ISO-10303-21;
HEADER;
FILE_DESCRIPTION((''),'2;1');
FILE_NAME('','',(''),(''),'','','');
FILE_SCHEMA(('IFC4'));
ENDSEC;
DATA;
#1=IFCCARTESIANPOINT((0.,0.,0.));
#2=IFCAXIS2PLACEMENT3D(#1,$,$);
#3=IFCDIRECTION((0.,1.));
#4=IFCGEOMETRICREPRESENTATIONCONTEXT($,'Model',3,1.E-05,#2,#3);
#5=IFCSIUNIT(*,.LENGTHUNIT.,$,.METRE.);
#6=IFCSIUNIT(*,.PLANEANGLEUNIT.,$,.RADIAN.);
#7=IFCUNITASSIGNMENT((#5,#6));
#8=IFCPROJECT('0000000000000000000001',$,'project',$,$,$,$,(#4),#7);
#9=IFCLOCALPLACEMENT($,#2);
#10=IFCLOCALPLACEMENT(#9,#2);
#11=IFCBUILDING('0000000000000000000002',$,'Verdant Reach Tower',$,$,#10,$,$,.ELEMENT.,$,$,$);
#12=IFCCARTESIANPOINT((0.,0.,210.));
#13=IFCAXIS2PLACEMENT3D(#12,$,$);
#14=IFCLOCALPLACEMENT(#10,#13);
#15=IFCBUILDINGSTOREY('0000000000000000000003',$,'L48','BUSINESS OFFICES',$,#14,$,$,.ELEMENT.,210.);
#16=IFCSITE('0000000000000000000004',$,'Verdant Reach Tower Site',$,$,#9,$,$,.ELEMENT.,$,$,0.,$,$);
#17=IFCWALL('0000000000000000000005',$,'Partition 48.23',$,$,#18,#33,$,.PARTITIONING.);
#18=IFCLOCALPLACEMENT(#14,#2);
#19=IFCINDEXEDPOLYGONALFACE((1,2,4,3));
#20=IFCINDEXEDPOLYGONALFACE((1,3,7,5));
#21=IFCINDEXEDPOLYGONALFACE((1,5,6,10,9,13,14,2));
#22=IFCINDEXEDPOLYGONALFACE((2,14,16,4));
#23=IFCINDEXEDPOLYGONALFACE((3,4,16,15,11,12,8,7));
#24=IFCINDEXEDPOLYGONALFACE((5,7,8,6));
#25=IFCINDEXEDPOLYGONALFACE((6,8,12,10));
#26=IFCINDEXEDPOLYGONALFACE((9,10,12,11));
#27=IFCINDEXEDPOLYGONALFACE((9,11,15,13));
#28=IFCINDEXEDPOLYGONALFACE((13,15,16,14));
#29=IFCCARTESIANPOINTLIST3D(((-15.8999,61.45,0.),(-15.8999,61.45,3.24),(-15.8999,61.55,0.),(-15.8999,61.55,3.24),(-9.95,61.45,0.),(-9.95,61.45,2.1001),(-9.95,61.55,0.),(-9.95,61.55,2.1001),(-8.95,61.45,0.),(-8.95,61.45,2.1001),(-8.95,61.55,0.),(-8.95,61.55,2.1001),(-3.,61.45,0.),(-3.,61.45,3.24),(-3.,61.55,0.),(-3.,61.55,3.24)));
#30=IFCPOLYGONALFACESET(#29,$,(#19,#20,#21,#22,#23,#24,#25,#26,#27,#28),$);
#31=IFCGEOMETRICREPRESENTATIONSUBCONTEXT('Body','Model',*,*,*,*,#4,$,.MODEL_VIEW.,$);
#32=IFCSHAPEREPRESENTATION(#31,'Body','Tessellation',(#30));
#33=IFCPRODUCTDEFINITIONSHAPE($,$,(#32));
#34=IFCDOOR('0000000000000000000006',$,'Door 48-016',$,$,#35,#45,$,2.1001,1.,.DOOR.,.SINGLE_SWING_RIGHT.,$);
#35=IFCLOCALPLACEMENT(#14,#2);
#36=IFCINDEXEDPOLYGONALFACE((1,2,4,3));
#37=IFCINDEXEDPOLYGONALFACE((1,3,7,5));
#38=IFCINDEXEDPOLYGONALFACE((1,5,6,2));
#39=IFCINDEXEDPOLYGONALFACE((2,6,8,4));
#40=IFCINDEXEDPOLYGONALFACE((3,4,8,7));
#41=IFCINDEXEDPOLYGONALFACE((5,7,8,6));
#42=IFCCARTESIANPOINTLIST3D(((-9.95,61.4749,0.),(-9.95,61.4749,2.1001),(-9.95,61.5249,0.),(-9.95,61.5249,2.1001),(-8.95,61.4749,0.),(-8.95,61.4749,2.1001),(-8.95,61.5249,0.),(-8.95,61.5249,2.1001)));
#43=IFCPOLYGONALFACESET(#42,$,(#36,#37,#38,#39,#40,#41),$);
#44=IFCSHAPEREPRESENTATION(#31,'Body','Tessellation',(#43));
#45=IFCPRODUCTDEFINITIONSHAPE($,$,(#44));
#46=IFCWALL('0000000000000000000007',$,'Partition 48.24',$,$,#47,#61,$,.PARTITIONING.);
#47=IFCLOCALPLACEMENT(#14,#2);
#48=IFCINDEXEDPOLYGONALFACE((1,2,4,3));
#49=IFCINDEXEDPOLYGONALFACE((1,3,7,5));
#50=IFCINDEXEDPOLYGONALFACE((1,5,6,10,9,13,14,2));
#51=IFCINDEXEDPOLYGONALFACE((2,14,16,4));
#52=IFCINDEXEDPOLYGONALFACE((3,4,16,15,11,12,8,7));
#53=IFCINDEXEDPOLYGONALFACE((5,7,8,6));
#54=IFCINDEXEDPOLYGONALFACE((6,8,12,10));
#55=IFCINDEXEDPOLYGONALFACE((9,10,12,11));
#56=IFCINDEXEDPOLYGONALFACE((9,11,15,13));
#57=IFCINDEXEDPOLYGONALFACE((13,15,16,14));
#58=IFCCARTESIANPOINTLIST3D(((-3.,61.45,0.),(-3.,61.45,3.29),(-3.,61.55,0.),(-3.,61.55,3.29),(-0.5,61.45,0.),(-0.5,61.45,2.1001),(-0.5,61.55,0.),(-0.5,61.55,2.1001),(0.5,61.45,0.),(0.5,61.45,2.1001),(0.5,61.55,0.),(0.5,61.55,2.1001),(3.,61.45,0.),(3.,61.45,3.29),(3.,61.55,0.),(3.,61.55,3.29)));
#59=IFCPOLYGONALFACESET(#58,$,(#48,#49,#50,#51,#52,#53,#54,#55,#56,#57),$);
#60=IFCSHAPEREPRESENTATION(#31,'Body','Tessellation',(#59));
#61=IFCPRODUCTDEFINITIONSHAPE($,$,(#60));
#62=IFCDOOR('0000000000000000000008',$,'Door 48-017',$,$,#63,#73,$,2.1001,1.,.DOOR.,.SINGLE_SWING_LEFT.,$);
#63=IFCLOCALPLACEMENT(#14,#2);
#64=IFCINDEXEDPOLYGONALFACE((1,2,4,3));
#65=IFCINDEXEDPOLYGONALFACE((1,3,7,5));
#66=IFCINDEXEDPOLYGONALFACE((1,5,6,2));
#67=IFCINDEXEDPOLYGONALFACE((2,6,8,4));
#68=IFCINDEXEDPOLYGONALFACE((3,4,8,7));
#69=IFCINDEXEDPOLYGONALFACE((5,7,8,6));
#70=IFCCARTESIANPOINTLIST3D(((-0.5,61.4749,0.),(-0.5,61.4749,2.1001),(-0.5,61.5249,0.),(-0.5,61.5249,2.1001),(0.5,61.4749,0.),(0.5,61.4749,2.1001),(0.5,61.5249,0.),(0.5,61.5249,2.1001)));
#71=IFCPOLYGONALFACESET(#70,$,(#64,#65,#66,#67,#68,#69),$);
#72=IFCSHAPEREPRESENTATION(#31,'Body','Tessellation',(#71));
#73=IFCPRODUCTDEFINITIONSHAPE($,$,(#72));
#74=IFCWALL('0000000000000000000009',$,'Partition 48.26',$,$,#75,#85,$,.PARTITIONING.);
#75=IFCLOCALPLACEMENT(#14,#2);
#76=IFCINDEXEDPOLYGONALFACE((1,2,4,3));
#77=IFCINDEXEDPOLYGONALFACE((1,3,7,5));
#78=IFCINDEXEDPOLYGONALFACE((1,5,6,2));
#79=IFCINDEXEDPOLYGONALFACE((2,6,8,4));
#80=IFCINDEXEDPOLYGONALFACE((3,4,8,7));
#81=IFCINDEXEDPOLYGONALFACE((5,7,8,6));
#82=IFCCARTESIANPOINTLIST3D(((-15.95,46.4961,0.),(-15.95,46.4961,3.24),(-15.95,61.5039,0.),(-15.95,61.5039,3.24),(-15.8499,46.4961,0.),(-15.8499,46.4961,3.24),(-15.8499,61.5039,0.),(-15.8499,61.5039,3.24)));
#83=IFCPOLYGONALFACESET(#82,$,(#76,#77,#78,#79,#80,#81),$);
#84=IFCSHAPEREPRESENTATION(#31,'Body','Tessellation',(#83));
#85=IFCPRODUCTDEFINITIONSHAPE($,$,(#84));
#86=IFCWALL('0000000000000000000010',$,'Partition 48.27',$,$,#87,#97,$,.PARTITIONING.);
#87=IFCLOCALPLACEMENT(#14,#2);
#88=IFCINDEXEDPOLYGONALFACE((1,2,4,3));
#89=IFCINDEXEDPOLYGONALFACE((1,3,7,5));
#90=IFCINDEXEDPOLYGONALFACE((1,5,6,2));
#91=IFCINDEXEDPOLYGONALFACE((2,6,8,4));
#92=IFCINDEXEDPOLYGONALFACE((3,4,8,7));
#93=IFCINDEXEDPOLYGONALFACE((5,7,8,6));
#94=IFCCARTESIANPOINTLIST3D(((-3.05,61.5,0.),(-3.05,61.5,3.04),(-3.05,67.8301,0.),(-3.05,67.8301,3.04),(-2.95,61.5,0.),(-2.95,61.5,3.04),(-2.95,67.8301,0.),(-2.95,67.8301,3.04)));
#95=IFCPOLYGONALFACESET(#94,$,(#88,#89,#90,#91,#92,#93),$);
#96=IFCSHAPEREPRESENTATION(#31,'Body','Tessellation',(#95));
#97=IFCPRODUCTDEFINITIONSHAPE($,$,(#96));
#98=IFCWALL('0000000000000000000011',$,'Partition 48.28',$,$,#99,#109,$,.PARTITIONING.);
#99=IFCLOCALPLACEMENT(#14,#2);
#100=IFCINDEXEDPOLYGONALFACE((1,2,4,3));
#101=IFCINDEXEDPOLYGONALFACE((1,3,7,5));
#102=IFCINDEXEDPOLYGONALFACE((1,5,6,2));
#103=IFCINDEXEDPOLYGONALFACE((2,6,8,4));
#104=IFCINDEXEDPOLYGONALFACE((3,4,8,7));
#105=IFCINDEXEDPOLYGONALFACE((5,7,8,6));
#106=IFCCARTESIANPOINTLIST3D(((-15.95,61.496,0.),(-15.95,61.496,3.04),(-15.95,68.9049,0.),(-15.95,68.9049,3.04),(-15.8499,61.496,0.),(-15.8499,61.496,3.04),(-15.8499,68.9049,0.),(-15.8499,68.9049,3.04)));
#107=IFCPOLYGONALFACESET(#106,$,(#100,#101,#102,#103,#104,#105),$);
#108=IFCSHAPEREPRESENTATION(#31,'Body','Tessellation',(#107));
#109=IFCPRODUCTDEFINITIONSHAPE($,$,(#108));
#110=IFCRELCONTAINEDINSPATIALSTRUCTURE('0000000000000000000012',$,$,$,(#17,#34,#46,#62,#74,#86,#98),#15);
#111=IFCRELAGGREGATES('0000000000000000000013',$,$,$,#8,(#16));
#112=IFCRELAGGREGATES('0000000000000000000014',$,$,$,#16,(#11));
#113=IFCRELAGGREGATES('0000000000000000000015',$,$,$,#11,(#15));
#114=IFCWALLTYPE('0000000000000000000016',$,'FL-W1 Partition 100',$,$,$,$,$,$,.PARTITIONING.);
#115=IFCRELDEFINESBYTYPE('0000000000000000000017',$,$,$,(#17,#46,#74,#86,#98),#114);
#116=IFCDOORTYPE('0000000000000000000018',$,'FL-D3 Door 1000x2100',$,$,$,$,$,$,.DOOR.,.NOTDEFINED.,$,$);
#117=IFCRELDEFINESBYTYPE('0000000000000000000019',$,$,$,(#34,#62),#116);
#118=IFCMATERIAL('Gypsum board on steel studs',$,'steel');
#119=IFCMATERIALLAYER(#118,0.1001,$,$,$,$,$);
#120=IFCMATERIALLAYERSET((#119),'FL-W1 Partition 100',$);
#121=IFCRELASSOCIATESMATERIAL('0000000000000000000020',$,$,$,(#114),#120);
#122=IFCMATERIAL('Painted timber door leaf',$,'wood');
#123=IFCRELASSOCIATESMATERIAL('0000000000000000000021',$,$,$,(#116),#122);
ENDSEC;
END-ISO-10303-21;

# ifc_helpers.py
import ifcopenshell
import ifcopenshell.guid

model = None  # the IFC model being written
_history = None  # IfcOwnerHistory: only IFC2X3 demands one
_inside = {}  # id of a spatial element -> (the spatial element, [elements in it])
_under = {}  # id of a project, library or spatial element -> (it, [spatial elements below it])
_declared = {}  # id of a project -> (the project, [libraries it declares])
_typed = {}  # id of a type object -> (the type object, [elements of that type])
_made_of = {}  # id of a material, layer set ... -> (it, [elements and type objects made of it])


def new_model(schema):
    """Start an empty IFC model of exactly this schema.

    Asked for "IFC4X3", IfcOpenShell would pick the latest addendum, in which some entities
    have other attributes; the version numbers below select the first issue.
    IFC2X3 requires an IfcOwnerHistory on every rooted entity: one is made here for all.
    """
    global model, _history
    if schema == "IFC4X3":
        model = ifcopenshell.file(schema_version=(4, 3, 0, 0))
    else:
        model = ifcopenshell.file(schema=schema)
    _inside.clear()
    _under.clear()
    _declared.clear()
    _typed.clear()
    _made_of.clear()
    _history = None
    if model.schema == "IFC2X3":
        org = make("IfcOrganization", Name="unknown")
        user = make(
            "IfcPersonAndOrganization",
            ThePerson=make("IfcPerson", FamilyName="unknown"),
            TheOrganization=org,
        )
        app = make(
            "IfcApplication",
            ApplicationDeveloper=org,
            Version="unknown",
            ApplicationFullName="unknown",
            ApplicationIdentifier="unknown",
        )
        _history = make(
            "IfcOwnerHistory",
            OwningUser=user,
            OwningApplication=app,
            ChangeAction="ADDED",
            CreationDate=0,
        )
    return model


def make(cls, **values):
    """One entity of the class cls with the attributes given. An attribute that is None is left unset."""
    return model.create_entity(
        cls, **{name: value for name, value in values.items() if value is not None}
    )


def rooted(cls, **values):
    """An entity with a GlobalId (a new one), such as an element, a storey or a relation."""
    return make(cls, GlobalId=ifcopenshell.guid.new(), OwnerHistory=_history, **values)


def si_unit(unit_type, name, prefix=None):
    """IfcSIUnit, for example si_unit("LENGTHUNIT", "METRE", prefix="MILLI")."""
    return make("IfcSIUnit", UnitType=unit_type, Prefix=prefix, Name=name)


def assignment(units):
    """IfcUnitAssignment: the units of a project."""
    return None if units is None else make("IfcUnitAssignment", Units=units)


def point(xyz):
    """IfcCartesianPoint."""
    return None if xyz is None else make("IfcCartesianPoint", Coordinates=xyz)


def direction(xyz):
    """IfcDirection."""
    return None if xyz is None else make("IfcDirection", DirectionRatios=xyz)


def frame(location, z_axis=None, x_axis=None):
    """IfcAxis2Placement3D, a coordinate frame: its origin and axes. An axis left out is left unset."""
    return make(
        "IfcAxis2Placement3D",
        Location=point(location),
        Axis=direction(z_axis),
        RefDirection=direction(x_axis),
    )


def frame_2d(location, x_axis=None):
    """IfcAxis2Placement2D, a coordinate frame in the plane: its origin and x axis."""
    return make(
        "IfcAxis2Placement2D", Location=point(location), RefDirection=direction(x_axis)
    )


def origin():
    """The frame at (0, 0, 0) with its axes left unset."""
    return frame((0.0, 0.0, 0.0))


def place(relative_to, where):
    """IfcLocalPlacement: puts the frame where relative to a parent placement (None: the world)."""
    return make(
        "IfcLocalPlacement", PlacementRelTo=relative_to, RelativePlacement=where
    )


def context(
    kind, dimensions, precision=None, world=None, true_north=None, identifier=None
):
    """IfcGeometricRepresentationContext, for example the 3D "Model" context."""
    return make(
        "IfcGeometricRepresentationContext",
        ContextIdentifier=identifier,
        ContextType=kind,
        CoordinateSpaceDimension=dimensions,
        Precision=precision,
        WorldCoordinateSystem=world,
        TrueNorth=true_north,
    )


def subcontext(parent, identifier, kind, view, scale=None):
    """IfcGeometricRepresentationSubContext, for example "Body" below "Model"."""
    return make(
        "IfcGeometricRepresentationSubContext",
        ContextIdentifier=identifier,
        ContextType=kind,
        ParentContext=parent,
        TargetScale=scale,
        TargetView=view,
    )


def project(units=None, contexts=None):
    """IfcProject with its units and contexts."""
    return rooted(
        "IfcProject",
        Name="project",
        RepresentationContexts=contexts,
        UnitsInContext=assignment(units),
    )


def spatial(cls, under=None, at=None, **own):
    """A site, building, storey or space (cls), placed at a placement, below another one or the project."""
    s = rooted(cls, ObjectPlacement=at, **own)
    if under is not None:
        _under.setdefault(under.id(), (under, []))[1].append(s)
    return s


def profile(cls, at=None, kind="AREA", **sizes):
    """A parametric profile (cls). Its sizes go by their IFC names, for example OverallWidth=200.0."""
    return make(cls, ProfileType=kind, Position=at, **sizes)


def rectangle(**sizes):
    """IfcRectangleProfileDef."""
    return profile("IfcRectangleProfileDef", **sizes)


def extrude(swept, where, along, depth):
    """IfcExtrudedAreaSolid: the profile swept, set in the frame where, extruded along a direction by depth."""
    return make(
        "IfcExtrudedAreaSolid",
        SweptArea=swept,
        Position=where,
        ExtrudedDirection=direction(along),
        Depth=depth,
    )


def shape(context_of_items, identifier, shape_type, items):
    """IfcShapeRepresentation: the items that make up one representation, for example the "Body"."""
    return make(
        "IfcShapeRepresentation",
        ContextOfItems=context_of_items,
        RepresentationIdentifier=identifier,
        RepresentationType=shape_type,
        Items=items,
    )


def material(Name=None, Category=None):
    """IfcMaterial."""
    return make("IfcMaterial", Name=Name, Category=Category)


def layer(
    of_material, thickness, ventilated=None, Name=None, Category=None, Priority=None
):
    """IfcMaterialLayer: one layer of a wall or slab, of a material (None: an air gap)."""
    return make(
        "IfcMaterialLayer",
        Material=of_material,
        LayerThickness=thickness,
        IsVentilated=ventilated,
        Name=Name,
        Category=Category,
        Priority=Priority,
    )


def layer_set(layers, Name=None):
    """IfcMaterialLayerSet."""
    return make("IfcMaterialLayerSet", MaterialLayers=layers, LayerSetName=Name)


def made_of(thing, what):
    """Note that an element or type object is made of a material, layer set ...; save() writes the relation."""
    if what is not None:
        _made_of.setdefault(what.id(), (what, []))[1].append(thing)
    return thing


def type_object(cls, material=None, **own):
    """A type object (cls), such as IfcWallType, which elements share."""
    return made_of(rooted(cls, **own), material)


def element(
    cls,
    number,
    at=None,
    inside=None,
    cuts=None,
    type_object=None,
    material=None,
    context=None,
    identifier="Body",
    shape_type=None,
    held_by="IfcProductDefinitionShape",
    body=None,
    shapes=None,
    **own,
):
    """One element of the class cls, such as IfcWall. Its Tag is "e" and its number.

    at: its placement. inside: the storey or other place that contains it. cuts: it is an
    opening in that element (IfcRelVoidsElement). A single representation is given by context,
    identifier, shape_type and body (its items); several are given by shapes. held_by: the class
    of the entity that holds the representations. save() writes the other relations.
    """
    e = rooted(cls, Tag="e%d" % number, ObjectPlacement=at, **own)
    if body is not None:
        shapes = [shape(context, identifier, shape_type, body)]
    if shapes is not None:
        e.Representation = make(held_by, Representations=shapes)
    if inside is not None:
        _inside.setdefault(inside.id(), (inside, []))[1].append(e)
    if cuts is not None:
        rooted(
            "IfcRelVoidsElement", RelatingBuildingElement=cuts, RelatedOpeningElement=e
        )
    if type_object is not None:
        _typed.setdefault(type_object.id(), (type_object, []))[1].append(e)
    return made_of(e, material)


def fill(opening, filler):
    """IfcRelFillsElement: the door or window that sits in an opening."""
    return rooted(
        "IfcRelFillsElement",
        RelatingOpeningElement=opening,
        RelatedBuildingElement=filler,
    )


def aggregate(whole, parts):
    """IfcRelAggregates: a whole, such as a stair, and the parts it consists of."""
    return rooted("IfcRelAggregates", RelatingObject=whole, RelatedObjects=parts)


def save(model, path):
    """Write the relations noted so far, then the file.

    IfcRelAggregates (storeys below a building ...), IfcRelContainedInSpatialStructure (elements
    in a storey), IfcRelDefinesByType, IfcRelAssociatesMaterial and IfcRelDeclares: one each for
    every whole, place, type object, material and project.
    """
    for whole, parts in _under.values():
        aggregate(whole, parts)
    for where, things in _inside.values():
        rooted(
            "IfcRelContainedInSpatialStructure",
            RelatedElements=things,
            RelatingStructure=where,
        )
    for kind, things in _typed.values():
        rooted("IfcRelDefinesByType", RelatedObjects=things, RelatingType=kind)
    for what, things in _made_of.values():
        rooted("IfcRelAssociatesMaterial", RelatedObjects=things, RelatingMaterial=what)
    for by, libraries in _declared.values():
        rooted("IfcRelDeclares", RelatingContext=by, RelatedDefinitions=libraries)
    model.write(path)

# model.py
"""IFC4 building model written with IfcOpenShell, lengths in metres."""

from ifc_helpers import new_model, si_unit, direction, frame, frame_2d, origin, place, context, subcontext, project, spatial, rectangle, extrude, material, layer, layer_set, type_object, element, fill, save


model = new_model("IFC4")

# Units and contexts
model_context = context("Model", 3, precision=1e-05, world=origin(), true_north=direction((0.0, 1.0)))
body_context = subcontext(model_context, "Body", "Model", "MODEL_VIEW")
ifc_project = project(units=[si_unit("LENGTHUNIT", "METRE"), si_unit("PLANEANGLEUNIT", "RADIAN")], contexts=[model_context])

# Site, building, storey
site_placement = place(None, origin())
site = spatial("IfcSite", under=ifc_project, at=site_placement, Name="Verdant Reach Tower Site", CompositionType="ELEMENT", RefElevation=0.0)
building_placement = place(site_placement, origin())
building = spatial("IfcBuilding", under=site, at=building_placement, Name="Verdant Reach Tower", CompositionType="ELEMENT")
storey_placement = place(building_placement, frame((0.0, 0.0, 210.0)))
storey = spatial("IfcBuildingStorey", under=building, at=storey_placement, Name="L48", Description="BUSINESS OFFICES", CompositionType="ELEMENT", Elevation=210.0)

# Walls, openings, doors
ifc_material_1 = material(Name="Gypsum board on steel studs", Category="steel")
ifc_layer_1 = layer(ifc_material_1, 0.1001)
ifc_layer_set_1 = layer_set([ifc_layer_1], Name="FL-W1 Partition 100")
wall_type = type_object("IfcWallType", Name="FL-W1 Partition 100", PredefinedType="PARTITIONING", material=ifc_layer_set_1)
wall_1_placement = place(storey_placement, frame((-15.8999, 61.5, 0.0), z_axis=(0.0, 0.0, 1.0), x_axis=(1.0, 0.0, 0.0)))
wall_1 = element("IfcWall", 1, at=wall_1_placement, inside=storey, type_object=wall_type, Name="Partition 48.23", PredefinedType="PARTITIONING", context=body_context, shape_type="SweptSolid", body=[
    extrude(rectangle(XDim=12.8999, YDim=0.1001, at=frame_2d((6.45, 0.0))), origin(), (0.0, 0.0, 1.0), 3.24),
])
opening_1_placement = place(wall_1_placement, frame((5.95, 0.0, 0.0)))
opening_1 = element("IfcOpeningElement", 2, at=opening_1_placement, cuts=wall_1, PredefinedType="OPENING", context=body_context, shape_type="SweptSolid", body=[
    extrude(rectangle(XDim=1.0, YDim=2.1001, at=frame_2d((0.5, 1.05))), frame((0.0, 0.0601, 0.0), z_axis=(0.0, -1.0, 0.0), x_axis=(1.0, 0.0, 0.0)), (0.0, 0.0, 1.0), 0.1201),
])
ifc_material_2 = material(Name="Painted timber door leaf", Category="wood")
door_type = type_object("IfcDoorType", Name="FL-D3 Door 1000x2100", OperationType="NOTDEFINED", PredefinedType="DOOR", material=ifc_material_2)
door_1_placement = place(opening_1_placement, origin())
door_1 = element("IfcDoor", 3, at=door_1_placement, inside=storey, type_object=door_type, Name="Door 48-016", OperationType="SINGLE_SWING_RIGHT", OverallHeight=2.1001, OverallWidth=1.0, PredefinedType="DOOR", context=body_context, shape_type="SweptSolid", body=[
    extrude(rectangle(XDim=1.0, YDim=2.1001, at=frame_2d((0.5, 1.05))), frame((0.0, 0.0249, 0.0), z_axis=(0.0, -1.0, 0.0), x_axis=(1.0, 0.0, 0.0)), (0.0, 0.0, 1.0), 0.05),
])
fill(opening_1, door_1)
wall_2_placement = place(storey_placement, frame((-3.0, 61.5, 0.0), z_axis=(0.0, 0.0, 1.0), x_axis=(1.0, 0.0, 0.0)))
wall_2 = element("IfcWall", 4, at=wall_2_placement, inside=storey, type_object=wall_type, Name="Partition 48.24", PredefinedType="PARTITIONING", context=body_context, shape_type="SweptSolid", body=[
    extrude(rectangle(XDim=6.0, YDim=0.1001, at=frame_2d((3.0, 0.0))), origin(), (0.0, 0.0, 1.0), 3.29),
])
opening_2_placement = place(wall_2_placement, frame((2.5, 0.0, 0.0)))
opening_2 = element("IfcOpeningElement", 5, at=opening_2_placement, cuts=wall_2, PredefinedType="OPENING", context=body_context, shape_type="SweptSolid", body=[
    extrude(rectangle(XDim=1.0, YDim=2.1001, at=frame_2d((0.5, 1.05))), frame((0.0, 0.0601, 0.0), z_axis=(0.0, -1.0, 0.0), x_axis=(1.0, 0.0, 0.0)), (0.0, 0.0, 1.0), 0.1201),
])
door_2_placement = place(opening_2_placement, origin())
door_2 = element("IfcDoor", 6, at=door_2_placement, inside=storey, type_object=door_type, Name="Door 48-017", OperationType="SINGLE_SWING_LEFT", OverallHeight=2.1001, OverallWidth=1.0, PredefinedType="DOOR", context=body_context, shape_type="SweptSolid", body=[
    extrude(rectangle(XDim=1.0, YDim=2.1001, at=frame_2d((0.5, 1.05))), frame((0.0, 0.0249, 0.0), z_axis=(0.0, -1.0, 0.0), x_axis=(1.0, 0.0, 0.0)), (0.0, 0.0, 1.0), 0.05),
])
fill(opening_2, door_2)

# Walls
wall_3_placement = place(storey_placement, frame((-15.8999, 61.5039, 0.0), z_axis=(0.0, 0.0, 1.0), x_axis=(0.0, -1.0, 0.0)))
element("IfcWall", 7, at=wall_3_placement, inside=storey, type_object=wall_type, Name="Partition 48.26", PredefinedType="PARTITIONING", context=body_context, shape_type="SweptSolid", body=[
    extrude(rectangle(XDim=15.0078, YDim=0.1001, at=frame_2d((7.5039, 0.0))), origin(), (0.0, 0.0, 1.0), 3.24),
])
wall_4_placement = place(storey_placement, frame((-3.0, 61.5, 0.0), z_axis=(0.0, 0.0, 1.0), x_axis=(0.0, 1.0, 0.0)))
element("IfcWall", 8, at=wall_4_placement, inside=storey, type_object=wall_type, Name="Partition 48.27", PredefinedType="PARTITIONING", context=body_context, shape_type="SweptSolid", body=[
    extrude(rectangle(XDim=6.3301, YDim=0.1001, at=frame_2d((3.165, 0.0))), origin(), (0.0, 0.0, 1.0), 3.04),
])
wall_5_placement = place(storey_placement, frame((-15.8999, 68.905, 0.0), z_axis=(0.0, 0.0, 1.0), x_axis=(0.0, -1.0, 0.0)))
element("IfcWall", 9, at=wall_5_placement, inside=storey, type_object=wall_type, Name="Partition 48.28", PredefinedType="PARTITIONING", context=body_context, shape_type="SweptSolid", body=[
    extrude(rectangle(XDim=7.4089, YDim=0.1001, at=frame_2d((3.7046, 0.0))), origin(), (0.0, 0.0, 1.0), 3.04),
])

save(model, "model.ifc")
